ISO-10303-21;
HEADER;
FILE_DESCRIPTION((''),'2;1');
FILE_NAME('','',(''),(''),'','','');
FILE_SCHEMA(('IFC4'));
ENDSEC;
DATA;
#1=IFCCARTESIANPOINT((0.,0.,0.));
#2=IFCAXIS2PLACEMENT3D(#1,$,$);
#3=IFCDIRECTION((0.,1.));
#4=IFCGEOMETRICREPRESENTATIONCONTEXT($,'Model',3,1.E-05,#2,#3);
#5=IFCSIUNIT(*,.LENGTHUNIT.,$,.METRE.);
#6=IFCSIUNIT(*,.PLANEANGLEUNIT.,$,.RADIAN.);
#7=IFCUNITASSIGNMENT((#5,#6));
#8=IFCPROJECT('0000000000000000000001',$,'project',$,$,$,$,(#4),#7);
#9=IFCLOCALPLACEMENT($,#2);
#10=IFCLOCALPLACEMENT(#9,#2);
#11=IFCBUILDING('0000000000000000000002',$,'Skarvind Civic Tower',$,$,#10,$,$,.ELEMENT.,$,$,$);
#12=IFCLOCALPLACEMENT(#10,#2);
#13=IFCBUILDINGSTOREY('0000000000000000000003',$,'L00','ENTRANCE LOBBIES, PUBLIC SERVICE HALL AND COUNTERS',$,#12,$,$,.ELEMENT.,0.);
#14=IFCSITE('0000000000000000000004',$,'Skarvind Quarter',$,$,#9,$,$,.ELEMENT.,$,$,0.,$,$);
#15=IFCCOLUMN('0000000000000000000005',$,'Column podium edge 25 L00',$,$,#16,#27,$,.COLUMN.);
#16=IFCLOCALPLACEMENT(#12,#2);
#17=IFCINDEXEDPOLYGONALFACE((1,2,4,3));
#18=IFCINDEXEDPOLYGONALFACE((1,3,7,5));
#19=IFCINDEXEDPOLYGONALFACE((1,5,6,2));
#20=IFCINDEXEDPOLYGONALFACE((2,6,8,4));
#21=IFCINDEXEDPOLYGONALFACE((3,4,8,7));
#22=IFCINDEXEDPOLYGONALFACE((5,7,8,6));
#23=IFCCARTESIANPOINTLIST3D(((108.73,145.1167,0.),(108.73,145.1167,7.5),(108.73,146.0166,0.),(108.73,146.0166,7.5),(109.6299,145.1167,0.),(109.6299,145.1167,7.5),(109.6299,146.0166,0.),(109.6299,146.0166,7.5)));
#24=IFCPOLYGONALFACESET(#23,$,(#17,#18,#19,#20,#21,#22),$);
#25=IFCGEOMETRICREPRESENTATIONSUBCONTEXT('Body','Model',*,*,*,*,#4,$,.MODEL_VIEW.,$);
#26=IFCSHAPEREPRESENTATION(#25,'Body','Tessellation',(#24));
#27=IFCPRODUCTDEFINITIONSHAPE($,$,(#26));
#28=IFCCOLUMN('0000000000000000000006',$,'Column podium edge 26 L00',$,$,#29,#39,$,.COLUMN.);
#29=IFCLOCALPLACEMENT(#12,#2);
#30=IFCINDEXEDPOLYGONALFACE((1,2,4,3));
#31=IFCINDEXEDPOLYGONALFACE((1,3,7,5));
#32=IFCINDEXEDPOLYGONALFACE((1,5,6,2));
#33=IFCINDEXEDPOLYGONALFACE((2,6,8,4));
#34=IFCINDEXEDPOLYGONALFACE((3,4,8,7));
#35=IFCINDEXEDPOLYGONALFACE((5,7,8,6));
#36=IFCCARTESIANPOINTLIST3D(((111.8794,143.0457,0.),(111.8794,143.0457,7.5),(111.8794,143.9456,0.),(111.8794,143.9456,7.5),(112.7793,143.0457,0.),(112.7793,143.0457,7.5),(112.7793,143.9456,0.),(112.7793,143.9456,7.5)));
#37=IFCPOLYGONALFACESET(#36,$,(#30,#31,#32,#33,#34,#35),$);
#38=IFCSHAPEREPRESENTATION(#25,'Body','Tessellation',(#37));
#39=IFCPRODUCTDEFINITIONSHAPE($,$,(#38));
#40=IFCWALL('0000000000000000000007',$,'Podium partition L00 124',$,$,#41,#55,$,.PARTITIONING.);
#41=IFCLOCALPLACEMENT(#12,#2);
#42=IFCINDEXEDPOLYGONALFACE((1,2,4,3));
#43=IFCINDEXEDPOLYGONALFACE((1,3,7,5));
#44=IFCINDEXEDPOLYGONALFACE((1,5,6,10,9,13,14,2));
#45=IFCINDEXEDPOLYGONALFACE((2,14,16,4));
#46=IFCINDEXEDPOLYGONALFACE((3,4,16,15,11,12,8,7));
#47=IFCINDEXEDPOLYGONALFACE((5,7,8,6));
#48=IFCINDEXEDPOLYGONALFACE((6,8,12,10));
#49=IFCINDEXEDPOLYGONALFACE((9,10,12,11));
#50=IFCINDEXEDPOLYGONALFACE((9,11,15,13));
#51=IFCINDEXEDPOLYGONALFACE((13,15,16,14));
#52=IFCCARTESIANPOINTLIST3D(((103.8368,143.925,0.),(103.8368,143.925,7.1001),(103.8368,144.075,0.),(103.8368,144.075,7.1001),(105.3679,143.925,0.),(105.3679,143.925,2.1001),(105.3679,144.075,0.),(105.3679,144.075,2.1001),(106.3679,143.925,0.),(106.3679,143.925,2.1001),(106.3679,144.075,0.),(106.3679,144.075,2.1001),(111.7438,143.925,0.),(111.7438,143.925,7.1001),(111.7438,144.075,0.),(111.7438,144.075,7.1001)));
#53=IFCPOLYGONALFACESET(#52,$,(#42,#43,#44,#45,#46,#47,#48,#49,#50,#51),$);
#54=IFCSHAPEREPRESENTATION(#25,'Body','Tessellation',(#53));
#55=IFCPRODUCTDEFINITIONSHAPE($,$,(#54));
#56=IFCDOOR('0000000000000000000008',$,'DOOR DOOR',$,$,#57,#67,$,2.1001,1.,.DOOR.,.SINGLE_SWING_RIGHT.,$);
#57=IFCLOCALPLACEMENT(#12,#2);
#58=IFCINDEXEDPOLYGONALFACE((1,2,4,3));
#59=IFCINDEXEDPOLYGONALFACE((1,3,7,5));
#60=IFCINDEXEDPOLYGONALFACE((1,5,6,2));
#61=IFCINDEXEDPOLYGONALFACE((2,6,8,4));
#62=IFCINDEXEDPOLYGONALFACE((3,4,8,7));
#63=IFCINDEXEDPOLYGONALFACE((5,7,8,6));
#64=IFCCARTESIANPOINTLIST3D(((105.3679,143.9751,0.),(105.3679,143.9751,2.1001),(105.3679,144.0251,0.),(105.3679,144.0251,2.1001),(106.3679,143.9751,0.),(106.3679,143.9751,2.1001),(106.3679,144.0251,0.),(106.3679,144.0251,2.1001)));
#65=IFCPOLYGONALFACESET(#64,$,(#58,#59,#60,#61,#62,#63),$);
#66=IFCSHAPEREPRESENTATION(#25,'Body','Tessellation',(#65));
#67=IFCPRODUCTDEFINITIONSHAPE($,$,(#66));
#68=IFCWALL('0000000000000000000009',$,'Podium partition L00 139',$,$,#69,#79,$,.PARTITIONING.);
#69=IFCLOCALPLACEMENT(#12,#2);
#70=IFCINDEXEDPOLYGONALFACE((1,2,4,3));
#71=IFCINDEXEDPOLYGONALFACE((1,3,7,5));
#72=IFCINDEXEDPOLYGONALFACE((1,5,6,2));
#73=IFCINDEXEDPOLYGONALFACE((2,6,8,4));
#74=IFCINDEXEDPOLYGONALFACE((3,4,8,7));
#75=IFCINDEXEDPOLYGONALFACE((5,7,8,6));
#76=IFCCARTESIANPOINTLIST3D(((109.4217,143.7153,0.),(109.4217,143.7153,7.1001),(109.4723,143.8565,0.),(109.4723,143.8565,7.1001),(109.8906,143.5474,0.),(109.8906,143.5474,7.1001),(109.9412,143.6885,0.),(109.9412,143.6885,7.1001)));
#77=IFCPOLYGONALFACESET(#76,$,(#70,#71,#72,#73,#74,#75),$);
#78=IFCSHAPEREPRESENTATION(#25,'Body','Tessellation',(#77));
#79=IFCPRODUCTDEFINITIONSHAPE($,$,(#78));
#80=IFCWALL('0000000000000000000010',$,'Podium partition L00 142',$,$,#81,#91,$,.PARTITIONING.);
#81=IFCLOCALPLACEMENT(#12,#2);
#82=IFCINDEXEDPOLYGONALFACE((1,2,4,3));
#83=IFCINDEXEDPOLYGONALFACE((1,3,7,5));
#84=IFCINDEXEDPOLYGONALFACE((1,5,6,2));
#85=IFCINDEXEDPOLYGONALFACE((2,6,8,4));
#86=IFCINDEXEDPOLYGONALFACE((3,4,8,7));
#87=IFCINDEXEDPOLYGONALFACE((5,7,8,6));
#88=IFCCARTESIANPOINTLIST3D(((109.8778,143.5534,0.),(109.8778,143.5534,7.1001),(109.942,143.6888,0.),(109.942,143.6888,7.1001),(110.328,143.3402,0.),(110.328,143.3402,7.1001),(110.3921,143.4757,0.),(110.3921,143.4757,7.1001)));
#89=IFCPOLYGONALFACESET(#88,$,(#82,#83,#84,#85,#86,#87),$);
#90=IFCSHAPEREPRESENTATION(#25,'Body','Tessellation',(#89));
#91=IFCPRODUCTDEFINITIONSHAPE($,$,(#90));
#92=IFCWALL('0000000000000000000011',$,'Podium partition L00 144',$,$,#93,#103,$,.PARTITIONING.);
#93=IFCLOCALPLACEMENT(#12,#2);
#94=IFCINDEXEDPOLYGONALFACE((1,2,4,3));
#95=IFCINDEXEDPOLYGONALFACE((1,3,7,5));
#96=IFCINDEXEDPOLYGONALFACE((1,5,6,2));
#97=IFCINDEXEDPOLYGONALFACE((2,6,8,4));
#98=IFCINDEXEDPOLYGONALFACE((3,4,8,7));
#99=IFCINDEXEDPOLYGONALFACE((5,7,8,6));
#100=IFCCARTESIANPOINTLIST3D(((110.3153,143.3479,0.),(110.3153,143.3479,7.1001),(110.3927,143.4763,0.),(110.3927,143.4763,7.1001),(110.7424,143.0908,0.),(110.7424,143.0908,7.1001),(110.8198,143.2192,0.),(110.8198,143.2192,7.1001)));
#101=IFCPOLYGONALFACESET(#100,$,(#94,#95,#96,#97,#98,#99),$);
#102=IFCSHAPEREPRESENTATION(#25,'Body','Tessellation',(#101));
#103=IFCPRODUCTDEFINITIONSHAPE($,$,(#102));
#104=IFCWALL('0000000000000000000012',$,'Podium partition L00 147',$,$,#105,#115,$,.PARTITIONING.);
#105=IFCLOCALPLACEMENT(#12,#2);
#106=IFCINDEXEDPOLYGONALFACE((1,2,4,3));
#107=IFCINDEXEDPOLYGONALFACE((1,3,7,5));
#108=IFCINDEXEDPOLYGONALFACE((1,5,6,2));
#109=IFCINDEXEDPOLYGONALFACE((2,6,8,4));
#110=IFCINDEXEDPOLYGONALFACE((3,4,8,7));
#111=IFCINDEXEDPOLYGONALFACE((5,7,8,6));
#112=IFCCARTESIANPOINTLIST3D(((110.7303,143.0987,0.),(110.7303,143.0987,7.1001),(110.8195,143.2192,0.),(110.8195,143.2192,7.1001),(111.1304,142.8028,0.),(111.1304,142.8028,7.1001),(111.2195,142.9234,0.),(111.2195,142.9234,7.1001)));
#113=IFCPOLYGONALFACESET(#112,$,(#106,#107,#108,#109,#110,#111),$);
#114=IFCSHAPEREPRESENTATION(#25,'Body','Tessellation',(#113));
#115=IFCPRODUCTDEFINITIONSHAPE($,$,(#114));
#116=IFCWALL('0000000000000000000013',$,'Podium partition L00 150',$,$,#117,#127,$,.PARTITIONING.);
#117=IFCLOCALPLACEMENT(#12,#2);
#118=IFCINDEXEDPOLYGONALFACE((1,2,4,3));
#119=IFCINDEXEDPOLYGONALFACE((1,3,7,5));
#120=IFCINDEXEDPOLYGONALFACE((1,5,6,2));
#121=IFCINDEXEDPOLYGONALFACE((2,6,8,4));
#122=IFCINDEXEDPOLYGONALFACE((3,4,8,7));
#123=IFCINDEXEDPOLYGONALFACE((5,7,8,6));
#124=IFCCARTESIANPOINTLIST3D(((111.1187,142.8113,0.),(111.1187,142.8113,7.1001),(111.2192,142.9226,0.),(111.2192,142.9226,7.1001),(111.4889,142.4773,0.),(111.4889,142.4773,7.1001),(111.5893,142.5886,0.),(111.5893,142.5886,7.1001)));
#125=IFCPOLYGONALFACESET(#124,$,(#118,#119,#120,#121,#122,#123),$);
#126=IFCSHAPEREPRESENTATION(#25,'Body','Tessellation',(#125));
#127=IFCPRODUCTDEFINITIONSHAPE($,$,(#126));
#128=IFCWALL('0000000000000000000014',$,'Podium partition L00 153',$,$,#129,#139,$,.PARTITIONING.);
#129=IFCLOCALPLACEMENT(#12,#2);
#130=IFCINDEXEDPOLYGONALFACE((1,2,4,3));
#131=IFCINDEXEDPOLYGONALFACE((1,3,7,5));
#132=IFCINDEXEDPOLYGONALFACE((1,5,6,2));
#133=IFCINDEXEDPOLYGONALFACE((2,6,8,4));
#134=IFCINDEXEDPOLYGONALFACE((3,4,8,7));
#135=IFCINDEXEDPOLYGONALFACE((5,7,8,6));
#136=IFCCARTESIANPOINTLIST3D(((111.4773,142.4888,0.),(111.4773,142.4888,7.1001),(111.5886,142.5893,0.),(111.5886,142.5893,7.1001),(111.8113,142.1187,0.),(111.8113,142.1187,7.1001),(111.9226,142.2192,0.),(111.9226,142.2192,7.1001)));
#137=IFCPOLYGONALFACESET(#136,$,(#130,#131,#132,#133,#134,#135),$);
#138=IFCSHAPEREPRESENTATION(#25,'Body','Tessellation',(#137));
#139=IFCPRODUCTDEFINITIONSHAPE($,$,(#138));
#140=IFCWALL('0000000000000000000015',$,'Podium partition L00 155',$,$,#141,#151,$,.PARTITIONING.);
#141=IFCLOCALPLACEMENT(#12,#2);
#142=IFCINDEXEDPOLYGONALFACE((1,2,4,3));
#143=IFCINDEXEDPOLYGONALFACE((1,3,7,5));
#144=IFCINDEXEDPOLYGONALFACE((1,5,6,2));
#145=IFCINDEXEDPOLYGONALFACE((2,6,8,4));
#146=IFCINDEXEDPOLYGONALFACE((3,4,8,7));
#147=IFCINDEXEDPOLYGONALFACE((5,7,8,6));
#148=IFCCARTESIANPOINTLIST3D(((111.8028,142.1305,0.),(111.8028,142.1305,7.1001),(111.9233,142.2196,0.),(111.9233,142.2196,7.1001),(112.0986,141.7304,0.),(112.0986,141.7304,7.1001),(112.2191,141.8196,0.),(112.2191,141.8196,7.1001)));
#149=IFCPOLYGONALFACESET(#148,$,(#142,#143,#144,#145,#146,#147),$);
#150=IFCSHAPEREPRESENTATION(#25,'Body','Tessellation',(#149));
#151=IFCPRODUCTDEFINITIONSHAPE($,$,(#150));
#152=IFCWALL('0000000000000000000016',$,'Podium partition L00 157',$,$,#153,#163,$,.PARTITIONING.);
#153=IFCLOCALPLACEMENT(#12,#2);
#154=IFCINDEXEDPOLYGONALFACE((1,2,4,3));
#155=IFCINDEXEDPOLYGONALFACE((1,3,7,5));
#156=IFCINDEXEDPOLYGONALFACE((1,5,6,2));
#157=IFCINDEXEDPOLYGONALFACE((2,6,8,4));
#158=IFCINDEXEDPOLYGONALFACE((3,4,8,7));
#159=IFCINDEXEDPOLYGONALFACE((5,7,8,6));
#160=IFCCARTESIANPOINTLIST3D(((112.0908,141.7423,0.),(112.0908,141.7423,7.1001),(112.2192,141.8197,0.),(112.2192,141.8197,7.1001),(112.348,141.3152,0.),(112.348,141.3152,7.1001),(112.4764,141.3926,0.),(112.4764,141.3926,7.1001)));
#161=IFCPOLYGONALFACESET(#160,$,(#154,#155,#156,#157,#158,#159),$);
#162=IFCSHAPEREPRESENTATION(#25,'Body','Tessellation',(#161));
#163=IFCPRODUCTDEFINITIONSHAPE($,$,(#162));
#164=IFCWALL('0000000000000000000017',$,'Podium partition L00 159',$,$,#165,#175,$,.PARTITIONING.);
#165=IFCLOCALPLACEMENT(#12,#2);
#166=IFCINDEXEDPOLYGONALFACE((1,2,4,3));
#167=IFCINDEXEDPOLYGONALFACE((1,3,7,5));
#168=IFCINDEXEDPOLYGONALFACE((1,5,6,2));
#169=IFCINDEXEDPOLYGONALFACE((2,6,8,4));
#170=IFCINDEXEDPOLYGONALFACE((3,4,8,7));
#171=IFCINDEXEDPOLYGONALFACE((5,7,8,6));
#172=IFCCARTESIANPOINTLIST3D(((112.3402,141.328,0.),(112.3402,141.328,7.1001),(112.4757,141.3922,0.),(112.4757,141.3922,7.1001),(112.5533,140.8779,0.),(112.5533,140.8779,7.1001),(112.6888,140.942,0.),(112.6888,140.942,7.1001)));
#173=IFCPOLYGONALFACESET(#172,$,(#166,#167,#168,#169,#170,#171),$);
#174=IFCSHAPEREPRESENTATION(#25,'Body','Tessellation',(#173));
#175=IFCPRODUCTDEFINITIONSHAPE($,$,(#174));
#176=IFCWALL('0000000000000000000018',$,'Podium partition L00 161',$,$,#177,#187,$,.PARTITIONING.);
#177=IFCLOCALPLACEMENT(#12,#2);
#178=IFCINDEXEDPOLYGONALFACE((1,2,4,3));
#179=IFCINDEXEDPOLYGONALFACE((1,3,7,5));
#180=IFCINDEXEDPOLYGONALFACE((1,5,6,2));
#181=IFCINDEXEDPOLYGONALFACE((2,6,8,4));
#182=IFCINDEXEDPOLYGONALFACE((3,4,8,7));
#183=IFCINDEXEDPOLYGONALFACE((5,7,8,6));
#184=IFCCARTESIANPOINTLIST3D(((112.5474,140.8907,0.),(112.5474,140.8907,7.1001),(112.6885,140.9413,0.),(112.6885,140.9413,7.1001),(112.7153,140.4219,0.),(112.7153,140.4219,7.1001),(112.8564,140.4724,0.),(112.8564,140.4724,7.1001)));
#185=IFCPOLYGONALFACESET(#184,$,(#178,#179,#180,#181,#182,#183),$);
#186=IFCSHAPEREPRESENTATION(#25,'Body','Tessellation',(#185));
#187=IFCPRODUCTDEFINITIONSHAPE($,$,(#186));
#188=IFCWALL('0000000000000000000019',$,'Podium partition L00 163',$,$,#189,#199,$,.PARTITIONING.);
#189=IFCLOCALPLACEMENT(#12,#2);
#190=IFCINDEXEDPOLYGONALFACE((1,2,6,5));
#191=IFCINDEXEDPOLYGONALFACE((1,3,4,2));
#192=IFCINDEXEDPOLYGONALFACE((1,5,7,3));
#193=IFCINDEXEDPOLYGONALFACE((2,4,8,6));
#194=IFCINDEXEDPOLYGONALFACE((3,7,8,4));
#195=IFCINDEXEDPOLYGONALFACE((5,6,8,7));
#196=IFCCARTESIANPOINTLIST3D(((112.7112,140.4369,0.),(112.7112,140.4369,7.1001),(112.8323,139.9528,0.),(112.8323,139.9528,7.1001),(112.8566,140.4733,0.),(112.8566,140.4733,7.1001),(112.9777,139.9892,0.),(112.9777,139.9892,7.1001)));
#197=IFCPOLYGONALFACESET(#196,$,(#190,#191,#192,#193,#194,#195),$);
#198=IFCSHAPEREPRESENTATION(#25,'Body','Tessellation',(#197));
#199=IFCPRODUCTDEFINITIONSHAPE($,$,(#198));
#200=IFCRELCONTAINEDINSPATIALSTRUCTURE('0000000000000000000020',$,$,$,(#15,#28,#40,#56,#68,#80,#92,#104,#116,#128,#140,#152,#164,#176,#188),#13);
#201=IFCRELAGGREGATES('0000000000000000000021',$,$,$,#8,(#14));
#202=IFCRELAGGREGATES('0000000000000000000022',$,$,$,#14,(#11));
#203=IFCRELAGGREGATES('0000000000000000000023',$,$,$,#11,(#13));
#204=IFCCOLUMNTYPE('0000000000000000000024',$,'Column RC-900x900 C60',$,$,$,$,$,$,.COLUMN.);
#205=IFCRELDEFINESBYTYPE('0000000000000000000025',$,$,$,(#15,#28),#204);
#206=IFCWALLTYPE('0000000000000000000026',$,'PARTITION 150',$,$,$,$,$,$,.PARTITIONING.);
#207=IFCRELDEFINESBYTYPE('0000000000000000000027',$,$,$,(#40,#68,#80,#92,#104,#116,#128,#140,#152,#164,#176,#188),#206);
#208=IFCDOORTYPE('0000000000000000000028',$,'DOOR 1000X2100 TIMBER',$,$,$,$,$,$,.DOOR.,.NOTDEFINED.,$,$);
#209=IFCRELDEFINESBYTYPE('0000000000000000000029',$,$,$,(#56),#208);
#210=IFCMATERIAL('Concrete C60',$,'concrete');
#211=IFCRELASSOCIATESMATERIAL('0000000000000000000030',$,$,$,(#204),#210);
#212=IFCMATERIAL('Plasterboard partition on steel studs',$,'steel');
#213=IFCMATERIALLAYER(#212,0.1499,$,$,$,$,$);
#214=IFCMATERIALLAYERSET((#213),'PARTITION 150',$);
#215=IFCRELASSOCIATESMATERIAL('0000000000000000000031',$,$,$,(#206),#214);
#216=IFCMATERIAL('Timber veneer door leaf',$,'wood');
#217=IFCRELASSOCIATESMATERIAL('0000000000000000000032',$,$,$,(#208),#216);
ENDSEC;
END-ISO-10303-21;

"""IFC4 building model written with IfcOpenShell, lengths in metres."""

from ifc_helpers import new_model, si_unit, direction, frame, frame_2d, origin, origin_2d, place, context, subcontext, project, spatial, rectangle, extrude, material, layer, layer_set, material_profile, profile_set, type_object, element, fill, save


model = new_model("IFC4")

# Units and contexts
model_context = context("Model", 3, precision=1e-05, world=origin(), true_north=direction((0.0, 1.0)))
body_context = subcontext(model_context, "Body", "Model", "MODEL_VIEW")
ifc_project = project(units=[si_unit("LENGTHUNIT", "METRE"), si_unit("PLANEANGLEUNIT", "RADIAN")], contexts=[model_context])

# Site, building, storey
site_placement = place(None, origin())
site = spatial("IfcSite", under=ifc_project, at=site_placement, Name="Skarvind Quarter", CompositionType="ELEMENT", RefElevation=0.0)
building_placement = place(site_placement, origin())
building = spatial("IfcBuilding", under=site, at=building_placement, Name="Skarvind Civic Tower", CompositionType="ELEMENT")
storey_placement = place(building_placement, origin())
storey = spatial("IfcBuildingStorey", under=building, at=storey_placement, Name="L00", Description="ENTRANCE LOBBIES, PUBLIC SERVICE HALL AND COUNTERS", CompositionType="ELEMENT", Elevation=0.0)

# Columns
ifc_material_1 = material(Name="Concrete C60", Category="concrete")
ifc_material_profile = material_profile(ifc_material_1, rectangle(XDim=0.8999, YDim=0.8999, at=origin_2d()), Name="RC-900x900")
ifc_profile_set = profile_set([ifc_material_profile], Name="Concrete C60")
column_type = type_object("IfcColumnType", Name="Column RC-900x900 C60", PredefinedType="COLUMN", material=ifc_profile_set)
for number, where, z_axis, x_axis, name in (
    (1, (109.1799, 145.5667, 0.0), (0.0, 0.0, 1.0), (1.0, 0.0, 0.0), "Column podium edge 25 L00"),
    (2, (112.3293, 143.4956, 0.0), (0.0, 0.0, 1.0), (1.0, 0.0, 0.0), "Column podium edge 26 L00"),
):
    element("IfcColumn", number, at=place(storey_placement, frame(where, z_axis=z_axis, x_axis=x_axis)), inside=storey, type_object=column_type, Name=name, PredefinedType="COLUMN", context=body_context, shape_type="SweptSolid", body=[
        extrude(rectangle(XDim=0.8999, YDim=0.8999, at=origin_2d()), origin(), (0.0, 0.0, 1.0), 7.5),
    ])

# Wall, opening, door
ifc_material_2 = material(Name="Plasterboard partition on steel studs", Category="steel")
ifc_layer_1 = layer(ifc_material_2, 0.1499)
ifc_layer_set_1 = layer_set([ifc_layer_1], Name="PARTITION 150")
wall_type_1 = type_object("IfcWallType", Name="PARTITION 150", PredefinedType="PARTITIONING", material=ifc_layer_set_1)
wall_1_placement = place(storey_placement, frame((111.7439, 144.0, 0.0), z_axis=(0.0, 0.0, 1.0), x_axis=(-1.0, 0.0, 0.0)))
wall_1 = element("IfcWall", 3, at=wall_1_placement, inside=storey, type_object=wall_type_1, Name="Podium partition L00 124", PredefinedType="PARTITIONING", context=body_context, shape_type="SweptSolid", body=[
    extrude(rectangle(XDim=7.907, YDim=0.1499, at=frame_2d((3.9536, 0.0))), origin(), (0.0, 0.0, 1.0), 7.1001),
])
opening_1_placement = place(wall_1_placement, frame((5.376, 0.0, 0.0)))
opening_1 = element("IfcOpeningElement", 4, at=opening_1_placement, cuts=wall_1, PredefinedType="OPENING", context=body_context, shape_type="SweptSolid", body=[
    extrude(rectangle(XDim=1.0, YDim=2.1001, at=frame_2d((0.5, 1.05))), frame((0.0, 0.085, 0.0), z_axis=(0.0, -1.0, 0.0), x_axis=(1.0, 0.0, 0.0)), (0.0, 0.0, 1.0), 0.1699),
])
ifc_material_3 = material(Name="Timber veneer door leaf", Category="wood")
door_type_1 = type_object("IfcDoorType", Name="DOOR 1000X2100 TIMBER", OperationType="NOTDEFINED", PredefinedType="DOOR", material=ifc_material_3)
door_1_placement = place(opening_1_placement, origin())
door_1 = element("IfcDoor", 5, at=door_1_placement, inside=storey, type_object=door_type_1, Name="DOOR DOOR", OperationType="SINGLE_SWING_RIGHT", OverallHeight=2.1001, OverallWidth=1.0, PredefinedType="DOOR", context=body_context, shape_type="SweptSolid", body=[
    extrude(rectangle(XDim=1.0, YDim=2.1001, at=frame_2d((0.5, 1.05))), frame((0.0, 0.0249, 0.0), z_axis=(0.0, -1.0, 0.0), x_axis=(1.0, 0.0, 0.0)), (0.0, 0.0, 1.0), 0.05),
])
fill(opening_1, door_1)

# Walls
for number, where, z_axis, x_axis, name in (
    (6, (109.447, 143.7859, 0.0), (0.0, 0.0, 1.0), (0.941442, -0.337174, 0.0), "Podium partition L00 139"),
    (7, (109.9099, 143.6211, 0.0), (0.0, 0.0, 1.0), (0.903828, -0.427897, 0.0), "Podium partition L00 142"),
):
    element("IfcWall", number, at=place(storey_placement, frame(where, z_axis=z_axis, x_axis=x_axis)), inside=storey, type_object=wall_type_1, Name=name, PredefinedType="PARTITIONING", context=body_context, shape_type="SweptSolid", body=[
        extrude(rectangle(XDim=0.498, YDim=0.1499, at=frame_2d((0.249, 0.0))), origin(), (0.0, 0.0, 1.0), 7.1001),
    ])
wall_2_placement = place(storey_placement, frame((110.354, 143.4121, 0.0), z_axis=(0.0, 0.0, 1.0), x_axis=(0.856714, -0.515792, 0.0)))
element("IfcWall", 8, at=wall_2_placement, inside=storey, type_object=wall_type_1, Name="Podium partition L00 144", PredefinedType="PARTITIONING", context=body_context, shape_type="SweptSolid", body=[
    extrude(rectangle(XDim=0.4985, YDim=0.1499, at=frame_2d((0.2493, 0.0))), origin(), (0.0, 0.0, 1.0), 7.1001),
])
wall_3_placement = place(storey_placement, frame((110.7749, 143.1589, 0.0), z_axis=(0.0, 0.0, 1.0), x_axis=(0.804044, -0.59457, 0.0)))
element("IfcWall", 9, at=wall_3_placement, inside=storey, type_object=wall_type_1, Name="Podium partition L00 147", PredefinedType="PARTITIONING", context=body_context, shape_type="SweptSolid", body=[
    extrude(rectangle(XDim=0.4976, YDim=0.1499, at=frame_2d((0.2488, 0.0))), origin(), (0.0, 0.0, 1.0), 7.1001),
])
for number, where, z_axis, x_axis, name in (
    (10, (111.1689, 142.8669, 0.0), (0.0, 0.0, 1.0), (0.742417, -0.669938, 0.0), "Podium partition L00 150"),
    (11, (111.533, 142.5391, 0.0), (0.0, 0.0, 1.0), (0.669938, -0.742417, 0.0), "Podium partition L00 153"),
):
    element("IfcWall", number, at=place(storey_placement, frame(where, z_axis=z_axis, x_axis=x_axis)), inside=storey, type_object=wall_type_1, Name=name, PredefinedType="PARTITIONING", context=body_context, shape_type="SweptSolid", body=[
        extrude(rectangle(XDim=0.4985, YDim=0.1499, at=frame_2d((0.2493, 0.0))), origin(), (0.0, 0.0, 1.0), 7.1001),
    ])
wall_4_placement = place(storey_placement, frame((111.863, 142.175, 0.0), z_axis=(0.0, 0.0, 1.0), x_axis=(0.59457, -0.804044, 0.0)))
element("IfcWall", 12, at=wall_4_placement, inside=storey, type_object=wall_type_1, Name="Podium partition L00 155", PredefinedType="PARTITIONING", context=body_context, shape_type="SweptSolid", body=[
    extrude(rectangle(XDim=0.4976, YDim=0.1499, at=frame_2d((0.2488, 0.0))), origin(), (0.0, 0.0, 1.0), 7.1001),
])
wall_5_placement = place(storey_placement, frame((112.155, 141.781, 0.0), z_axis=(0.0, 0.0, 1.0), x_axis=(0.515792, -0.856714, 0.0)))
element("IfcWall", 13, at=wall_5_placement, inside=storey, type_object=wall_type_1, Name="Podium partition L00 157", PredefinedType="PARTITIONING", context=body_context, shape_type="SweptSolid", body=[
    extrude(rectangle(XDim=0.4985, YDim=0.1499, at=frame_2d((0.2493, 0.0))), origin(), (0.0, 0.0, 1.0), 7.1001),
])
for number, where, z_axis, x_axis, name in (
    (14, (112.408, 141.3601, 0.0), (0.0, 0.0, 1.0), (0.427897, -0.903828, 0.0), "Podium partition L00 159"),
    (15, (112.6179, 140.916, 0.0), (0.0, 0.0, 1.0), (0.337174, -0.941442, 0.0), "Podium partition L00 161"),
):
    element("IfcWall", number, at=place(storey_placement, frame(where, z_axis=z_axis, x_axis=x_axis)), inside=storey, type_object=wall_type_1, Name=name, PredefinedType="PARTITIONING", context=body_context, shape_type="SweptSolid", body=[
        extrude(rectangle(XDim=0.498, YDim=0.1499, at=frame_2d((0.249, 0.0))), origin(), (0.0, 0.0, 1.0), 7.1001),
    ])
wall_6_placement = place(storey_placement, frame((112.7839, 140.4551, 0.0), z_axis=(0.0, 0.0, 1.0), x_axis=(0.242651, -0.970114, 0.0)))
element("IfcWall", 16, at=wall_6_placement, inside=storey, type_object=wall_type_1, Name="Podium partition L00 163", PredefinedType="PARTITIONING", context=body_context, shape_type="SweptSolid", body=[
    extrude(rectangle(XDim=0.499, YDim=0.1499, at=frame_2d((0.2495, 0.0))), origin(), (0.0, 0.0, 1.0), 7.1001),
])

save(model, "model.ifc")
